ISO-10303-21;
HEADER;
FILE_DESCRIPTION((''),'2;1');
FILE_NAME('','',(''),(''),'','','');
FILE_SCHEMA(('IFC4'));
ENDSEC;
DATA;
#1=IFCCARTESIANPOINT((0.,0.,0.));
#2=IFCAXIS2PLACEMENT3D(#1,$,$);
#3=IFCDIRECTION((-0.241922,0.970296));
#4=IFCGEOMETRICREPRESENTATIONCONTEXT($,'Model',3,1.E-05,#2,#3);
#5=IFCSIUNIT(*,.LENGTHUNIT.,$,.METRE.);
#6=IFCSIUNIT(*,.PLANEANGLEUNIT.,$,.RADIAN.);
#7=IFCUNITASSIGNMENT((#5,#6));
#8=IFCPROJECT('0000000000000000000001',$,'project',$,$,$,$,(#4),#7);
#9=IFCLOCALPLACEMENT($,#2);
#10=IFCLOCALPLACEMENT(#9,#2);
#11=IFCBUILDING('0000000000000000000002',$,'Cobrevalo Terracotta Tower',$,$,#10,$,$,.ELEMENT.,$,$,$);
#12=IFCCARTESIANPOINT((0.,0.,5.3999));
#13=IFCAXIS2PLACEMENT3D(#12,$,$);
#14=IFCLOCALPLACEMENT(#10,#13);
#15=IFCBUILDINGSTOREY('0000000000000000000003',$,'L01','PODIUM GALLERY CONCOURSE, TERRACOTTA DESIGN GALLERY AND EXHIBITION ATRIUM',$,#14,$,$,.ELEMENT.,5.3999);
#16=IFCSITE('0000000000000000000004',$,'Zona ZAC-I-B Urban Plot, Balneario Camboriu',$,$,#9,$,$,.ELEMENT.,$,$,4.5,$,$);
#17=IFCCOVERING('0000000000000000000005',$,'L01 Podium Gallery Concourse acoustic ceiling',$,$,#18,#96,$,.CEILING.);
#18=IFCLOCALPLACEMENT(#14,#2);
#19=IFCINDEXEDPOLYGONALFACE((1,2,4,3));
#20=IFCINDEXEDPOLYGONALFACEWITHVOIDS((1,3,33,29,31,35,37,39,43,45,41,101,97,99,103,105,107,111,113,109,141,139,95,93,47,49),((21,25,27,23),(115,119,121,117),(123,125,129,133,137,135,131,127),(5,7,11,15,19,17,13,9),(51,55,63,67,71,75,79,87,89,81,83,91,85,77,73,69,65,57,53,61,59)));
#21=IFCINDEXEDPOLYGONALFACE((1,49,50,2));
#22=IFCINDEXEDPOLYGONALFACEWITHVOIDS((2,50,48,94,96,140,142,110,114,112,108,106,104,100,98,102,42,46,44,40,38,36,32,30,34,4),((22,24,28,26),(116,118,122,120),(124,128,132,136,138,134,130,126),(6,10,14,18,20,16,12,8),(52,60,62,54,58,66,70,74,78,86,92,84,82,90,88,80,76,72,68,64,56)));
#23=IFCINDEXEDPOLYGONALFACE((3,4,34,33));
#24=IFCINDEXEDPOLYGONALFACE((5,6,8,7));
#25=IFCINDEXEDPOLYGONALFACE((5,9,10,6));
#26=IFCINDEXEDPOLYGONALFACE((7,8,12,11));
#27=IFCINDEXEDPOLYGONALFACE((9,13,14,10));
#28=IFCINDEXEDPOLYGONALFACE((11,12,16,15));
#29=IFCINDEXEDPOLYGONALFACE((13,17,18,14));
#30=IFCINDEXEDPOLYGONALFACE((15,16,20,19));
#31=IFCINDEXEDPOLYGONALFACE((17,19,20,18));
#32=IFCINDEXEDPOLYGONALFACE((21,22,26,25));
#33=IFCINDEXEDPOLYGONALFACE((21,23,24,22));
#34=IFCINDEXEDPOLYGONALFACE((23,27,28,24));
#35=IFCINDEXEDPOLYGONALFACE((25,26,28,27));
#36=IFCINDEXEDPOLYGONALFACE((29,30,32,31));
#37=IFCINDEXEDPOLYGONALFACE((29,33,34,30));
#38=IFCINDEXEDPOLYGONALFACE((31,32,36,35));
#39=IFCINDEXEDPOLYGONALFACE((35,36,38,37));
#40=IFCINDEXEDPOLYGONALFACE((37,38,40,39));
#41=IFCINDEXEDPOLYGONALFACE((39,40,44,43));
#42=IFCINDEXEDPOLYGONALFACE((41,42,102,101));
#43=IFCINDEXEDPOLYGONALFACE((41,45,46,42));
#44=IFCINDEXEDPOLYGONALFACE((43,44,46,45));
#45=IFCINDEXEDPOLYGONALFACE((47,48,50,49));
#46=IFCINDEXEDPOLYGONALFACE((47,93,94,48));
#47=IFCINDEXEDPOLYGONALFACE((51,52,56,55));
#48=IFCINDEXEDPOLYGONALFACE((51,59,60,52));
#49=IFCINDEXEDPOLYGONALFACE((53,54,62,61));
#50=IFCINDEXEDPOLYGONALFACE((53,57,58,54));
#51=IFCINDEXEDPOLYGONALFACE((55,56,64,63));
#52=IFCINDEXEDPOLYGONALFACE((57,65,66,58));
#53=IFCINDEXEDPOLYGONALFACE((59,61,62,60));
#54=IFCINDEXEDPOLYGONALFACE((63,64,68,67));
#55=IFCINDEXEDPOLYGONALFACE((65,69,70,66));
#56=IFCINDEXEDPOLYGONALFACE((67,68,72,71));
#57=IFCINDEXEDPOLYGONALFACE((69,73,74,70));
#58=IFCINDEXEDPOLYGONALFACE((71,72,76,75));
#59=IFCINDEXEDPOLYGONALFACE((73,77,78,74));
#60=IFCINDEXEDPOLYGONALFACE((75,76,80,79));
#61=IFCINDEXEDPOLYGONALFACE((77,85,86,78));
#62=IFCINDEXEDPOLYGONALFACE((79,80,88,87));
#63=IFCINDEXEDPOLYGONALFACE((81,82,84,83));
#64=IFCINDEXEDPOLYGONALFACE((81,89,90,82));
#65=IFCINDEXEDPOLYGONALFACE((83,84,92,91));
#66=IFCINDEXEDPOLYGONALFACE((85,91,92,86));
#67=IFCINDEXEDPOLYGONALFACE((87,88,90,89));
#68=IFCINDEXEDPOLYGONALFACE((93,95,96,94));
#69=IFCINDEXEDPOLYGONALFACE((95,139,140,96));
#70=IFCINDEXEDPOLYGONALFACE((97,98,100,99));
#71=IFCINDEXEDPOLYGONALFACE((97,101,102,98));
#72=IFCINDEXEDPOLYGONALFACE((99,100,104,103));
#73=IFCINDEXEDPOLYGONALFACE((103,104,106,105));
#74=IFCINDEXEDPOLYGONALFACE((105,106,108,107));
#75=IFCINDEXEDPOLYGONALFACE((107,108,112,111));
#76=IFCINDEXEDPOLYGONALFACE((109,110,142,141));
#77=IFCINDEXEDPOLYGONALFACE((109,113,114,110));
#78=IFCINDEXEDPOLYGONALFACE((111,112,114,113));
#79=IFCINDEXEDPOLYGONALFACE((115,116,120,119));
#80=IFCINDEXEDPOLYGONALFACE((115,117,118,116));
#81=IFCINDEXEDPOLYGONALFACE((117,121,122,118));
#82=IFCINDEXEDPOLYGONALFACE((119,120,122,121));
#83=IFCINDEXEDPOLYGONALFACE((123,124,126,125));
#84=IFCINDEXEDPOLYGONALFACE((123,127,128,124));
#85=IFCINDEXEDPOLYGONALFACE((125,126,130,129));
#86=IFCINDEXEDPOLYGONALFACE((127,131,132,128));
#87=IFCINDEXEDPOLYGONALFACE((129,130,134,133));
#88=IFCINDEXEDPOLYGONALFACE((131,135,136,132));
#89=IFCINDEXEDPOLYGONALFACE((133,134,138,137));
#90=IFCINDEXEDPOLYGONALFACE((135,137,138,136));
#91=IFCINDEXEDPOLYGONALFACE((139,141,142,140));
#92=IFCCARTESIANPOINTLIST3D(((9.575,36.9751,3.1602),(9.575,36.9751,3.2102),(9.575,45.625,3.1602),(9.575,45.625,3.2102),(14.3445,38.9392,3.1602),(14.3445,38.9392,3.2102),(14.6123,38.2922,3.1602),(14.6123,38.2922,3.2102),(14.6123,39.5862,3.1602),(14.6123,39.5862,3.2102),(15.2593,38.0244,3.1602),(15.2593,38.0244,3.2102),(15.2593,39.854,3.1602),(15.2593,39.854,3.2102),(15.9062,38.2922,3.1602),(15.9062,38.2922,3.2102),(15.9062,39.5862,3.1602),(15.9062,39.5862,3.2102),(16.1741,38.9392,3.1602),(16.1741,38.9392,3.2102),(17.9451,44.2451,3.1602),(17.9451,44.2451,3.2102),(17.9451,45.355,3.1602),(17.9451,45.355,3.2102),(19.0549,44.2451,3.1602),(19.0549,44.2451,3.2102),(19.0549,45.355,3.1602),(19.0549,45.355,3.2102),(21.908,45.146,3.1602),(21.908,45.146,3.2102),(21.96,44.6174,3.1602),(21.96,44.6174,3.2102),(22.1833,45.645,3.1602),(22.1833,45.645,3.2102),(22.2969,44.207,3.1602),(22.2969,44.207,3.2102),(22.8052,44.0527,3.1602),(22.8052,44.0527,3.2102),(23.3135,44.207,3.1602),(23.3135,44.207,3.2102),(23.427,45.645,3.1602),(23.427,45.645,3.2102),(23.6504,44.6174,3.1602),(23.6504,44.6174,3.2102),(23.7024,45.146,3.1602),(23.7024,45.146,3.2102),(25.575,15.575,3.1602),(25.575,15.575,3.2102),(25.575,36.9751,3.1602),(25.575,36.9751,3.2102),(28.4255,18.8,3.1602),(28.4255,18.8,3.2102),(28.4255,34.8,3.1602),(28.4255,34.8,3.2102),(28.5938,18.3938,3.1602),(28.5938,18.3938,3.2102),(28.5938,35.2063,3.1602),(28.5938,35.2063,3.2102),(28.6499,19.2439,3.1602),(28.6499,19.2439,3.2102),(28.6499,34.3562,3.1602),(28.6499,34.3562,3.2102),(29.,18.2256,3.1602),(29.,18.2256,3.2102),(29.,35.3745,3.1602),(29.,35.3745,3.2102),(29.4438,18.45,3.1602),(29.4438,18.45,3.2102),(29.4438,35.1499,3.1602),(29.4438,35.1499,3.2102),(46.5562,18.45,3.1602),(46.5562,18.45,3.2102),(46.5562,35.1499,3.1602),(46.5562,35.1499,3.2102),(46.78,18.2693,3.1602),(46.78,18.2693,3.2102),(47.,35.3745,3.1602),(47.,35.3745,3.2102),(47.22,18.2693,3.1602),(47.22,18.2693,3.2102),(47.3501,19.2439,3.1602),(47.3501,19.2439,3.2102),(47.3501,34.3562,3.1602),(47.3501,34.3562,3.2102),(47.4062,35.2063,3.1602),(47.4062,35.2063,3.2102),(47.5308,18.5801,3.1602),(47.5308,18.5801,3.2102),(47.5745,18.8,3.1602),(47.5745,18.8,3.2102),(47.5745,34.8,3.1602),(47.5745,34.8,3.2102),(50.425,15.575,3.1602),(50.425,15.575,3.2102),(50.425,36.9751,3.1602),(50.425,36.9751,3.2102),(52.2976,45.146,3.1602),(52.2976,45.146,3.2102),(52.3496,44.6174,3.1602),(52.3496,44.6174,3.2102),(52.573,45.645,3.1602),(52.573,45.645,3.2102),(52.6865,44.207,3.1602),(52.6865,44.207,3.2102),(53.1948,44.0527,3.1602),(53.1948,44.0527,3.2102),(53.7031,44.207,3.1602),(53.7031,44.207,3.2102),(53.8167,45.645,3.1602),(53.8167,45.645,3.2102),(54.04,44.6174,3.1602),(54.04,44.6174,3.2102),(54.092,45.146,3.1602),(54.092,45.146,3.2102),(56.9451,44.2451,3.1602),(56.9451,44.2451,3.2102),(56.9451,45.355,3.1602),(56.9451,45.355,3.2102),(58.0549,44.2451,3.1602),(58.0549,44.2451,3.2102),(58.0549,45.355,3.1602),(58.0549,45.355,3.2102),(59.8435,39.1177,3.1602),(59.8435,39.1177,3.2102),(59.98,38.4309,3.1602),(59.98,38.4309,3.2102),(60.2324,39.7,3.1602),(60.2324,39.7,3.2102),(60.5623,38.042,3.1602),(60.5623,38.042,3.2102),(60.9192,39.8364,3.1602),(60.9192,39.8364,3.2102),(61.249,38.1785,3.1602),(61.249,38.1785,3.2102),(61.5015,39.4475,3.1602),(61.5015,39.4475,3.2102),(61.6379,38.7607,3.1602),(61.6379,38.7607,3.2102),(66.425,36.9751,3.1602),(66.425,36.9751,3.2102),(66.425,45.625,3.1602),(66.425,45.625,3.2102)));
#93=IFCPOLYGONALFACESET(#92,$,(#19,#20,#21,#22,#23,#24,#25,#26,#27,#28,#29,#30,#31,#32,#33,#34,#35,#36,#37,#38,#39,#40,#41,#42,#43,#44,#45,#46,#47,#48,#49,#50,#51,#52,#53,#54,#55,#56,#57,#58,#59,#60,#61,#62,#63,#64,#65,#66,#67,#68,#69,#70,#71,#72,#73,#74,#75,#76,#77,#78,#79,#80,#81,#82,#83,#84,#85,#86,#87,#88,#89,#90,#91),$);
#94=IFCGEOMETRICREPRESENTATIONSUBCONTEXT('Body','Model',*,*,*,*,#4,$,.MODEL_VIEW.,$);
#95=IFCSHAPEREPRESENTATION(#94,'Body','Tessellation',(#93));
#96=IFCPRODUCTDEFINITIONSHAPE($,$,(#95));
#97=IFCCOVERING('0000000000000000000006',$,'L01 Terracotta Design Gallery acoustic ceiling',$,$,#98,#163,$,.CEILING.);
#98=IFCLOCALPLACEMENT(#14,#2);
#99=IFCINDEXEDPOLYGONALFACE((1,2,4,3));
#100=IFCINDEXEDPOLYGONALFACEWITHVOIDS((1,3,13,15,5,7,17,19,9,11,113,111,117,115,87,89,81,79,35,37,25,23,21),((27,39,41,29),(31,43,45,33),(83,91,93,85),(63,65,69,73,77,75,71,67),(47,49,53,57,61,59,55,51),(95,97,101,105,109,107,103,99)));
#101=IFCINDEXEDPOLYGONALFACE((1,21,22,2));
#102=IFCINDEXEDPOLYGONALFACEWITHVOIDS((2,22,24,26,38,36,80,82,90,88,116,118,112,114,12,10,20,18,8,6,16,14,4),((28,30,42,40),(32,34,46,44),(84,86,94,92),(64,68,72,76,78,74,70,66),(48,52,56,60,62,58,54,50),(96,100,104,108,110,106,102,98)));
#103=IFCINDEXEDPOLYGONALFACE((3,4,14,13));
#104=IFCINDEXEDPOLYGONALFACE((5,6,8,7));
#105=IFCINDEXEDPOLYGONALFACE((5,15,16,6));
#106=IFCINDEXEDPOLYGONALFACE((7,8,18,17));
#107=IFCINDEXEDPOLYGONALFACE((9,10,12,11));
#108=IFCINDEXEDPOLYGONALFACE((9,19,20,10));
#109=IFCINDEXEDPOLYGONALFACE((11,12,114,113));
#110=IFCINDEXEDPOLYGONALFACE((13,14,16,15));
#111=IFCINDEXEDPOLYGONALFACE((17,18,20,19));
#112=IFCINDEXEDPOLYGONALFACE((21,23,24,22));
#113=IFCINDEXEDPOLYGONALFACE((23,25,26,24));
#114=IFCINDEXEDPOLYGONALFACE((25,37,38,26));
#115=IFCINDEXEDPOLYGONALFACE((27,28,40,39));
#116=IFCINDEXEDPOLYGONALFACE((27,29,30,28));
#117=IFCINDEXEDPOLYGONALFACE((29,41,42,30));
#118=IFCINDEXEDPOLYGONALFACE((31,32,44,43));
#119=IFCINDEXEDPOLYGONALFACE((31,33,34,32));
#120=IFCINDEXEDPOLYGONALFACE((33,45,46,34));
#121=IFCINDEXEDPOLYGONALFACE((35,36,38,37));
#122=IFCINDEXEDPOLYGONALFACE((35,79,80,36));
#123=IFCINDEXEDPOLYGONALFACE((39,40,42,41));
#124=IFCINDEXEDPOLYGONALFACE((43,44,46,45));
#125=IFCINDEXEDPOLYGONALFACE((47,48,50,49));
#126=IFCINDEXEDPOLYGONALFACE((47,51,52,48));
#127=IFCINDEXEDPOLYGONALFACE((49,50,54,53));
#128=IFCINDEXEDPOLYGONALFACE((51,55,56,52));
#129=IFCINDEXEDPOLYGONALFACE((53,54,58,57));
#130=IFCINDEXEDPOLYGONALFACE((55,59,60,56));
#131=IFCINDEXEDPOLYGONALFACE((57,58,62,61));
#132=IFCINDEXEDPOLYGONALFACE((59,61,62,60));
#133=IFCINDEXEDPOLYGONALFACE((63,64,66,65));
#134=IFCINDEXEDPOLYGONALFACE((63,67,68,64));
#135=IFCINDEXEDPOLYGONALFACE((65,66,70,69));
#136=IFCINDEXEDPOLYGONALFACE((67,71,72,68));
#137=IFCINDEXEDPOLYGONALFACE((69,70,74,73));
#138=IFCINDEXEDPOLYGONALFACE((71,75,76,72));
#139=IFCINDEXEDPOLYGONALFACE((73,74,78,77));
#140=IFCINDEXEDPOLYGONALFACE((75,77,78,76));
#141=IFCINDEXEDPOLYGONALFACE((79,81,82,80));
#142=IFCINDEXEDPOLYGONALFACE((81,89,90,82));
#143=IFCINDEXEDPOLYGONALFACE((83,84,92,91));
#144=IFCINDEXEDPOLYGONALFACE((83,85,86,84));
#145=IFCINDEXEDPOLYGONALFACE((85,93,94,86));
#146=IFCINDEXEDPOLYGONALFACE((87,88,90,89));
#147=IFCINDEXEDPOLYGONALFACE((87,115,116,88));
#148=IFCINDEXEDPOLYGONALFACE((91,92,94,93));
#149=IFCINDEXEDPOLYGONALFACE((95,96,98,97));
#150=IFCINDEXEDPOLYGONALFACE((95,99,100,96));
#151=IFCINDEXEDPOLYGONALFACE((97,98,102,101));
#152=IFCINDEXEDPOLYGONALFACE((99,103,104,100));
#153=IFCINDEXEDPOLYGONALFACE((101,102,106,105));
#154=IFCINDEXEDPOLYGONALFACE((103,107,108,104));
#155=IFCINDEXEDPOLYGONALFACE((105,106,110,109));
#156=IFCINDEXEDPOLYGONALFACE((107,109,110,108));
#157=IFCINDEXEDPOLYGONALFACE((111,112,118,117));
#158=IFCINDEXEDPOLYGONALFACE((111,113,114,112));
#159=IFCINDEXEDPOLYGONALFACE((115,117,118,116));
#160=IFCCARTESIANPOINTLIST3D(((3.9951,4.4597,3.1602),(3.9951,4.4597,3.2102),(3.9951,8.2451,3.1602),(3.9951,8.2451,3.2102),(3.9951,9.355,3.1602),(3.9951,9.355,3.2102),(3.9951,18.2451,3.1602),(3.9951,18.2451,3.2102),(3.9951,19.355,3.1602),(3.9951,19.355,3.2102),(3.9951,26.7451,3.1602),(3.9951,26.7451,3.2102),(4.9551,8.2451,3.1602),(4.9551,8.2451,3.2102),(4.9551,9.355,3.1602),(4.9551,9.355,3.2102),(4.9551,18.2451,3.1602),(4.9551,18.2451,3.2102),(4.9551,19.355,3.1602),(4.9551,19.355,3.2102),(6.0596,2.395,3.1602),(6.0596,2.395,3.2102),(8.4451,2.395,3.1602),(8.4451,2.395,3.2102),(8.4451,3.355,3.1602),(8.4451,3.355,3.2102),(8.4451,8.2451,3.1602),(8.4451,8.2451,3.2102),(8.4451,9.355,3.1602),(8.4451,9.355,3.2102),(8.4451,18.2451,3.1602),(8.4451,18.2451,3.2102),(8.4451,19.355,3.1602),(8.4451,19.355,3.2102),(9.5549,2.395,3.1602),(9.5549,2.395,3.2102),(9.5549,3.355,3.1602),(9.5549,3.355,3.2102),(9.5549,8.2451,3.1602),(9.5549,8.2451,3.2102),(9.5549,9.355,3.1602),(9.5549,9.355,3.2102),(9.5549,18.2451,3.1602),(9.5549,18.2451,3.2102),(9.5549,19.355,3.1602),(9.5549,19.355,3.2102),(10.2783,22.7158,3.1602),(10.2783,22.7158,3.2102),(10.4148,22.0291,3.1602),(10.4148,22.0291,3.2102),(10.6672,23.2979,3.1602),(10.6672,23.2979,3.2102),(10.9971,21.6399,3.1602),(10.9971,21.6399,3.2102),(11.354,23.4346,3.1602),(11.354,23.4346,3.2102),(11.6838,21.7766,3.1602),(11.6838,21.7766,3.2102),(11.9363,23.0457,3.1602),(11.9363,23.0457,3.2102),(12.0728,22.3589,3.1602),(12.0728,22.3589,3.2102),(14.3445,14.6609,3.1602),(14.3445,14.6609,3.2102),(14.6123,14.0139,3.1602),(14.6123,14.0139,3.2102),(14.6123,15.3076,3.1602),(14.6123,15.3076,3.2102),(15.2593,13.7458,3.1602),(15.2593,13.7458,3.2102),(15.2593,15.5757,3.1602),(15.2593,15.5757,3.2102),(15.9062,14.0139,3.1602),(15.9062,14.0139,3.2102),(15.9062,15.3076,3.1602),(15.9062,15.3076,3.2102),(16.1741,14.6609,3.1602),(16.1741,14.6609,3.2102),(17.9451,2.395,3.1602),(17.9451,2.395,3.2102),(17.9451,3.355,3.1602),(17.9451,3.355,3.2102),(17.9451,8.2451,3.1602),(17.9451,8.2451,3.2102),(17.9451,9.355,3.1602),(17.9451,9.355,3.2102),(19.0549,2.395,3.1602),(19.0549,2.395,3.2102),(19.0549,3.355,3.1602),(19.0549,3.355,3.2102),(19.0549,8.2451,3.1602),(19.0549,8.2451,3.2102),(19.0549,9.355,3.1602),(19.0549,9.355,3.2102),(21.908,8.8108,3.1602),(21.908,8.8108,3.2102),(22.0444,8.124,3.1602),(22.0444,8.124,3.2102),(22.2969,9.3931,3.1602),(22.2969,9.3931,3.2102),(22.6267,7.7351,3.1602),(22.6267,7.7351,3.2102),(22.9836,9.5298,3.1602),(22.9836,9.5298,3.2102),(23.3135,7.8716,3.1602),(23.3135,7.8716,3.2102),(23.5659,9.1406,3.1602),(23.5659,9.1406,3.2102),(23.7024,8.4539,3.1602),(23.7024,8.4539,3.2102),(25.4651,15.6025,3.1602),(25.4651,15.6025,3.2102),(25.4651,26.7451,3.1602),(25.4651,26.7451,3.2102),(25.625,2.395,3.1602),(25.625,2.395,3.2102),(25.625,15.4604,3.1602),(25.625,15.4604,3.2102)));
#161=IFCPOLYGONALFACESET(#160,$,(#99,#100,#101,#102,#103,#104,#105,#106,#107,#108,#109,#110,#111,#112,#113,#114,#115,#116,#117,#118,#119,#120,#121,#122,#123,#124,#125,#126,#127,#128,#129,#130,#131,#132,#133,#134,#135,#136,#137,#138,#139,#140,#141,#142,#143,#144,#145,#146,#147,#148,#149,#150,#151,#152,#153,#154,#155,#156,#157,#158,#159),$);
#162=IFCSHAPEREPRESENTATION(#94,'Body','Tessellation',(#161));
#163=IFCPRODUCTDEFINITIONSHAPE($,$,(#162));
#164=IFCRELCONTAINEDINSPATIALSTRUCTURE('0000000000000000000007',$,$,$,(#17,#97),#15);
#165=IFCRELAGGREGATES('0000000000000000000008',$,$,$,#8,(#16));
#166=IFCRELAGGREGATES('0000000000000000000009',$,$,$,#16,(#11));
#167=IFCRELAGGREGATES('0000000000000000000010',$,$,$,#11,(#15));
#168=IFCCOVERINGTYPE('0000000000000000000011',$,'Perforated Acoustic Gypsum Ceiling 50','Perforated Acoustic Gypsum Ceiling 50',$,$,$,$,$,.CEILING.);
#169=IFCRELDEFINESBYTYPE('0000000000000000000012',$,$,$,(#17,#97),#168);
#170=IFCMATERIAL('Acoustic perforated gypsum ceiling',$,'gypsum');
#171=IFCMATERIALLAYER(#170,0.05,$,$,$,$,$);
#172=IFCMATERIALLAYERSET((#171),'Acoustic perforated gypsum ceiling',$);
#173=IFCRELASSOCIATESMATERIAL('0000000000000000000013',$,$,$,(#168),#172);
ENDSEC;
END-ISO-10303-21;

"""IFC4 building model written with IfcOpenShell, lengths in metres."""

from ifc_helpers import new_model, si_unit, direction, frame, origin, place, context, subcontext, project, spatial, polyline, outline, extrude, material, layer, layer_set, type_object, element, save


model = new_model("IFC4")

# Units and contexts
model_context = context("Model", 3, precision=1e-05, world=origin(), true_north=direction((-0.241922, 0.970296)))
body_context = subcontext(model_context, "Body", "Model", "MODEL_VIEW")
ifc_project = project(units=[si_unit("LENGTHUNIT", "METRE"), si_unit("PLANEANGLEUNIT", "RADIAN")], contexts=[model_context])

# Site, building, storey
site_placement = place(None, origin())
site = spatial("IfcSite", under=ifc_project, at=site_placement, Name="Zona ZAC-I-B Urban Plot, Balneario Camboriu", CompositionType="ELEMENT", RefElevation=4.5)
building_placement = place(site_placement, origin())
building = spatial("IfcBuilding", under=site, at=building_placement, Name="Cobrevalo Terracotta Tower", CompositionType="ELEMENT")
storey_placement = place(building_placement, frame((0.0, 0.0, 5.3999)))
storey = spatial("IfcBuildingStorey", under=building, at=storey_placement, Name="L01", Description="PODIUM GALLERY CONCOURSE, TERRACOTTA DESIGN GALLERY AND EXHIBITION ATRIUM", CompositionType="ELEMENT", Elevation=5.3999)

# Coverings
ifc_material_1 = material(Name="Acoustic perforated gypsum ceiling", Category="gypsum")
ifc_layer_1 = layer(ifc_material_1, 0.05)
ifc_layer_set_1 = layer_set([ifc_layer_1], Name="Acoustic perforated gypsum ceiling")
covering_type_1 = type_object("IfcCoveringType", Name="Perforated Acoustic Gypsum Ceiling 50", Description="Perforated Acoustic Gypsum Ceiling 50", PredefinedType="CEILING", material=ifc_layer_set_1)
covering_1_placement = place(storey_placement, frame((0.0, 0.0, 3.1602)))
element("IfcCovering", 1, at=covering_1_placement, inside=storey, type_object=covering_type_1, Name="L01 Podium Gallery Concourse acoustic ceiling", PredefinedType="CEILING", context=body_context, shape_type="SweptSolid", body=[
    extrude(outline(polyline([(9.575, 45.625), (22.1833, 45.645), (21.908, 45.146), (21.96, 44.6174), (22.2969, 44.207), (22.8052, 44.0527), (23.3135, 44.207), (23.6504, 44.6174), (23.7024, 45.146), (23.427, 45.645), (52.573, 45.645), (52.2976, 45.146), (52.3496, 44.6174), (52.6865, 44.207), (53.1948, 44.0527), (53.7031, 44.207), (54.04, 44.6174), (54.092, 45.146), (53.8167, 45.645), (66.425, 45.625), (66.425, 36.9751), (50.425, 36.9751), (50.425, 15.575), (25.575, 15.575), (25.575, 36.9751), (9.575, 36.9751), (9.575, 45.625)]), holes=[polyline([(61.249, 38.1785), (61.6379, 38.7607), (61.5015, 39.4475), (60.9192, 39.8364), (60.2324, 39.7), (59.8435, 39.1177), (59.98, 38.4309), (60.5623, 38.042), (61.249, 38.1785)]), polyline([(56.9451, 45.355), (56.9451, 44.2451), (58.0549, 44.2451), (58.0549, 45.355), (56.9451, 45.355)]), polyline([(46.5562, 18.45), (46.78, 18.2693), (47.22, 18.2693), (47.5308, 18.5801), (47.5745, 18.8), (47.3501, 19.2439), (47.3501, 34.3562), (47.5745, 34.8), (47.4062, 35.2063), (47.0, 35.3745), (46.5562, 35.1499), (29.4438, 35.1499), (29.0, 35.3745), (28.5938, 35.2063), (28.4255, 34.8), (28.6499, 34.3562), (28.6499, 19.2439), (28.4255, 18.8), (28.5938, 18.3938), (29.0, 18.2256), (29.4438, 18.45), (46.5562, 18.45)]), polyline([(17.9451, 44.2451), (19.0549, 44.2451), (19.0549, 45.355), (17.9451, 45.355), (17.9451, 44.2451)]), polyline([(15.9062, 38.2922), (16.1741, 38.9392), (15.9062, 39.5862), (15.2593, 39.854), (14.6123, 39.5862), (14.3445, 38.9392), (14.6123, 38.2922), (15.2593, 38.0244), (15.9062, 38.2922)])]), origin(), (0.0, 0.0, 1.0), 0.05),
])
covering_2_placement = place(storey_placement, frame((0.0, 0.0, 3.1602)))
element("IfcCovering", 2, at=covering_2_placement, inside=storey, type_object=covering_type_1, Name="L01 Terracotta Design Gallery acoustic ceiling", PredefinedType="CEILING", context=body_context, shape_type="SweptSolid", body=[
    extrude(outline(polyline([(3.9951, 4.4597), (3.9951, 8.2451), (4.9551, 8.2451), (4.9551, 9.355), (3.9951, 9.355), (3.9951, 18.2451), (4.9551, 18.2451), (4.9551, 19.355), (3.9951, 19.355), (3.9951, 26.7451), (25.4651, 26.7451), (25.4651, 15.6025), (25.625, 15.4604), (25.625, 2.395), (19.0549, 2.395), (19.0549, 3.355), (17.9451, 3.355), (17.9451, 2.395), (9.5549, 2.395), (9.5549, 3.355), (8.4451, 3.355), (8.4451, 2.395), (6.0596, 2.395), (3.9951, 4.4597)]), holes=[polyline([(23.3135, 7.8716), (23.7024, 8.4539), (23.5659, 9.1406), (22.9836, 9.5298), (22.2969, 9.3931), (21.908, 8.8108), (22.0444, 8.124), (22.6267, 7.7351), (23.3135, 7.8716)]), polyline([(17.9451, 9.355), (17.9451, 8.2451), (19.0549, 8.2451), (19.0549, 9.355), (17.9451, 9.355)]), polyline([(15.9062, 14.0139), (16.1741, 14.6609), (15.9062, 15.3076), (15.2593, 15.5757), (14.6123, 15.3076), (14.3445, 14.6609), (14.6123, 14.0139), (15.2593, 13.7458), (15.9062, 14.0139)]), polyline([(11.6838, 21.7766), (12.0728, 22.3589), (11.9363, 23.0457), (11.354, 23.4346), (10.6672, 23.2979), (10.2783, 22.7158), (10.4148, 22.0291), (10.9971, 21.6399), (11.6838, 21.7766)]), polyline([(8.4451, 9.355), (8.4451, 8.2451), (9.5549, 8.2451), (9.5549, 9.355), (8.4451, 9.355)]), polyline([(8.4451, 19.355), (8.4451, 18.2451), (9.5549, 18.2451), (9.5549, 19.355), (8.4451, 19.355)])]), origin(), (0.0, 0.0, 1.0), 0.05),
])

save(model, "model.ifc")
